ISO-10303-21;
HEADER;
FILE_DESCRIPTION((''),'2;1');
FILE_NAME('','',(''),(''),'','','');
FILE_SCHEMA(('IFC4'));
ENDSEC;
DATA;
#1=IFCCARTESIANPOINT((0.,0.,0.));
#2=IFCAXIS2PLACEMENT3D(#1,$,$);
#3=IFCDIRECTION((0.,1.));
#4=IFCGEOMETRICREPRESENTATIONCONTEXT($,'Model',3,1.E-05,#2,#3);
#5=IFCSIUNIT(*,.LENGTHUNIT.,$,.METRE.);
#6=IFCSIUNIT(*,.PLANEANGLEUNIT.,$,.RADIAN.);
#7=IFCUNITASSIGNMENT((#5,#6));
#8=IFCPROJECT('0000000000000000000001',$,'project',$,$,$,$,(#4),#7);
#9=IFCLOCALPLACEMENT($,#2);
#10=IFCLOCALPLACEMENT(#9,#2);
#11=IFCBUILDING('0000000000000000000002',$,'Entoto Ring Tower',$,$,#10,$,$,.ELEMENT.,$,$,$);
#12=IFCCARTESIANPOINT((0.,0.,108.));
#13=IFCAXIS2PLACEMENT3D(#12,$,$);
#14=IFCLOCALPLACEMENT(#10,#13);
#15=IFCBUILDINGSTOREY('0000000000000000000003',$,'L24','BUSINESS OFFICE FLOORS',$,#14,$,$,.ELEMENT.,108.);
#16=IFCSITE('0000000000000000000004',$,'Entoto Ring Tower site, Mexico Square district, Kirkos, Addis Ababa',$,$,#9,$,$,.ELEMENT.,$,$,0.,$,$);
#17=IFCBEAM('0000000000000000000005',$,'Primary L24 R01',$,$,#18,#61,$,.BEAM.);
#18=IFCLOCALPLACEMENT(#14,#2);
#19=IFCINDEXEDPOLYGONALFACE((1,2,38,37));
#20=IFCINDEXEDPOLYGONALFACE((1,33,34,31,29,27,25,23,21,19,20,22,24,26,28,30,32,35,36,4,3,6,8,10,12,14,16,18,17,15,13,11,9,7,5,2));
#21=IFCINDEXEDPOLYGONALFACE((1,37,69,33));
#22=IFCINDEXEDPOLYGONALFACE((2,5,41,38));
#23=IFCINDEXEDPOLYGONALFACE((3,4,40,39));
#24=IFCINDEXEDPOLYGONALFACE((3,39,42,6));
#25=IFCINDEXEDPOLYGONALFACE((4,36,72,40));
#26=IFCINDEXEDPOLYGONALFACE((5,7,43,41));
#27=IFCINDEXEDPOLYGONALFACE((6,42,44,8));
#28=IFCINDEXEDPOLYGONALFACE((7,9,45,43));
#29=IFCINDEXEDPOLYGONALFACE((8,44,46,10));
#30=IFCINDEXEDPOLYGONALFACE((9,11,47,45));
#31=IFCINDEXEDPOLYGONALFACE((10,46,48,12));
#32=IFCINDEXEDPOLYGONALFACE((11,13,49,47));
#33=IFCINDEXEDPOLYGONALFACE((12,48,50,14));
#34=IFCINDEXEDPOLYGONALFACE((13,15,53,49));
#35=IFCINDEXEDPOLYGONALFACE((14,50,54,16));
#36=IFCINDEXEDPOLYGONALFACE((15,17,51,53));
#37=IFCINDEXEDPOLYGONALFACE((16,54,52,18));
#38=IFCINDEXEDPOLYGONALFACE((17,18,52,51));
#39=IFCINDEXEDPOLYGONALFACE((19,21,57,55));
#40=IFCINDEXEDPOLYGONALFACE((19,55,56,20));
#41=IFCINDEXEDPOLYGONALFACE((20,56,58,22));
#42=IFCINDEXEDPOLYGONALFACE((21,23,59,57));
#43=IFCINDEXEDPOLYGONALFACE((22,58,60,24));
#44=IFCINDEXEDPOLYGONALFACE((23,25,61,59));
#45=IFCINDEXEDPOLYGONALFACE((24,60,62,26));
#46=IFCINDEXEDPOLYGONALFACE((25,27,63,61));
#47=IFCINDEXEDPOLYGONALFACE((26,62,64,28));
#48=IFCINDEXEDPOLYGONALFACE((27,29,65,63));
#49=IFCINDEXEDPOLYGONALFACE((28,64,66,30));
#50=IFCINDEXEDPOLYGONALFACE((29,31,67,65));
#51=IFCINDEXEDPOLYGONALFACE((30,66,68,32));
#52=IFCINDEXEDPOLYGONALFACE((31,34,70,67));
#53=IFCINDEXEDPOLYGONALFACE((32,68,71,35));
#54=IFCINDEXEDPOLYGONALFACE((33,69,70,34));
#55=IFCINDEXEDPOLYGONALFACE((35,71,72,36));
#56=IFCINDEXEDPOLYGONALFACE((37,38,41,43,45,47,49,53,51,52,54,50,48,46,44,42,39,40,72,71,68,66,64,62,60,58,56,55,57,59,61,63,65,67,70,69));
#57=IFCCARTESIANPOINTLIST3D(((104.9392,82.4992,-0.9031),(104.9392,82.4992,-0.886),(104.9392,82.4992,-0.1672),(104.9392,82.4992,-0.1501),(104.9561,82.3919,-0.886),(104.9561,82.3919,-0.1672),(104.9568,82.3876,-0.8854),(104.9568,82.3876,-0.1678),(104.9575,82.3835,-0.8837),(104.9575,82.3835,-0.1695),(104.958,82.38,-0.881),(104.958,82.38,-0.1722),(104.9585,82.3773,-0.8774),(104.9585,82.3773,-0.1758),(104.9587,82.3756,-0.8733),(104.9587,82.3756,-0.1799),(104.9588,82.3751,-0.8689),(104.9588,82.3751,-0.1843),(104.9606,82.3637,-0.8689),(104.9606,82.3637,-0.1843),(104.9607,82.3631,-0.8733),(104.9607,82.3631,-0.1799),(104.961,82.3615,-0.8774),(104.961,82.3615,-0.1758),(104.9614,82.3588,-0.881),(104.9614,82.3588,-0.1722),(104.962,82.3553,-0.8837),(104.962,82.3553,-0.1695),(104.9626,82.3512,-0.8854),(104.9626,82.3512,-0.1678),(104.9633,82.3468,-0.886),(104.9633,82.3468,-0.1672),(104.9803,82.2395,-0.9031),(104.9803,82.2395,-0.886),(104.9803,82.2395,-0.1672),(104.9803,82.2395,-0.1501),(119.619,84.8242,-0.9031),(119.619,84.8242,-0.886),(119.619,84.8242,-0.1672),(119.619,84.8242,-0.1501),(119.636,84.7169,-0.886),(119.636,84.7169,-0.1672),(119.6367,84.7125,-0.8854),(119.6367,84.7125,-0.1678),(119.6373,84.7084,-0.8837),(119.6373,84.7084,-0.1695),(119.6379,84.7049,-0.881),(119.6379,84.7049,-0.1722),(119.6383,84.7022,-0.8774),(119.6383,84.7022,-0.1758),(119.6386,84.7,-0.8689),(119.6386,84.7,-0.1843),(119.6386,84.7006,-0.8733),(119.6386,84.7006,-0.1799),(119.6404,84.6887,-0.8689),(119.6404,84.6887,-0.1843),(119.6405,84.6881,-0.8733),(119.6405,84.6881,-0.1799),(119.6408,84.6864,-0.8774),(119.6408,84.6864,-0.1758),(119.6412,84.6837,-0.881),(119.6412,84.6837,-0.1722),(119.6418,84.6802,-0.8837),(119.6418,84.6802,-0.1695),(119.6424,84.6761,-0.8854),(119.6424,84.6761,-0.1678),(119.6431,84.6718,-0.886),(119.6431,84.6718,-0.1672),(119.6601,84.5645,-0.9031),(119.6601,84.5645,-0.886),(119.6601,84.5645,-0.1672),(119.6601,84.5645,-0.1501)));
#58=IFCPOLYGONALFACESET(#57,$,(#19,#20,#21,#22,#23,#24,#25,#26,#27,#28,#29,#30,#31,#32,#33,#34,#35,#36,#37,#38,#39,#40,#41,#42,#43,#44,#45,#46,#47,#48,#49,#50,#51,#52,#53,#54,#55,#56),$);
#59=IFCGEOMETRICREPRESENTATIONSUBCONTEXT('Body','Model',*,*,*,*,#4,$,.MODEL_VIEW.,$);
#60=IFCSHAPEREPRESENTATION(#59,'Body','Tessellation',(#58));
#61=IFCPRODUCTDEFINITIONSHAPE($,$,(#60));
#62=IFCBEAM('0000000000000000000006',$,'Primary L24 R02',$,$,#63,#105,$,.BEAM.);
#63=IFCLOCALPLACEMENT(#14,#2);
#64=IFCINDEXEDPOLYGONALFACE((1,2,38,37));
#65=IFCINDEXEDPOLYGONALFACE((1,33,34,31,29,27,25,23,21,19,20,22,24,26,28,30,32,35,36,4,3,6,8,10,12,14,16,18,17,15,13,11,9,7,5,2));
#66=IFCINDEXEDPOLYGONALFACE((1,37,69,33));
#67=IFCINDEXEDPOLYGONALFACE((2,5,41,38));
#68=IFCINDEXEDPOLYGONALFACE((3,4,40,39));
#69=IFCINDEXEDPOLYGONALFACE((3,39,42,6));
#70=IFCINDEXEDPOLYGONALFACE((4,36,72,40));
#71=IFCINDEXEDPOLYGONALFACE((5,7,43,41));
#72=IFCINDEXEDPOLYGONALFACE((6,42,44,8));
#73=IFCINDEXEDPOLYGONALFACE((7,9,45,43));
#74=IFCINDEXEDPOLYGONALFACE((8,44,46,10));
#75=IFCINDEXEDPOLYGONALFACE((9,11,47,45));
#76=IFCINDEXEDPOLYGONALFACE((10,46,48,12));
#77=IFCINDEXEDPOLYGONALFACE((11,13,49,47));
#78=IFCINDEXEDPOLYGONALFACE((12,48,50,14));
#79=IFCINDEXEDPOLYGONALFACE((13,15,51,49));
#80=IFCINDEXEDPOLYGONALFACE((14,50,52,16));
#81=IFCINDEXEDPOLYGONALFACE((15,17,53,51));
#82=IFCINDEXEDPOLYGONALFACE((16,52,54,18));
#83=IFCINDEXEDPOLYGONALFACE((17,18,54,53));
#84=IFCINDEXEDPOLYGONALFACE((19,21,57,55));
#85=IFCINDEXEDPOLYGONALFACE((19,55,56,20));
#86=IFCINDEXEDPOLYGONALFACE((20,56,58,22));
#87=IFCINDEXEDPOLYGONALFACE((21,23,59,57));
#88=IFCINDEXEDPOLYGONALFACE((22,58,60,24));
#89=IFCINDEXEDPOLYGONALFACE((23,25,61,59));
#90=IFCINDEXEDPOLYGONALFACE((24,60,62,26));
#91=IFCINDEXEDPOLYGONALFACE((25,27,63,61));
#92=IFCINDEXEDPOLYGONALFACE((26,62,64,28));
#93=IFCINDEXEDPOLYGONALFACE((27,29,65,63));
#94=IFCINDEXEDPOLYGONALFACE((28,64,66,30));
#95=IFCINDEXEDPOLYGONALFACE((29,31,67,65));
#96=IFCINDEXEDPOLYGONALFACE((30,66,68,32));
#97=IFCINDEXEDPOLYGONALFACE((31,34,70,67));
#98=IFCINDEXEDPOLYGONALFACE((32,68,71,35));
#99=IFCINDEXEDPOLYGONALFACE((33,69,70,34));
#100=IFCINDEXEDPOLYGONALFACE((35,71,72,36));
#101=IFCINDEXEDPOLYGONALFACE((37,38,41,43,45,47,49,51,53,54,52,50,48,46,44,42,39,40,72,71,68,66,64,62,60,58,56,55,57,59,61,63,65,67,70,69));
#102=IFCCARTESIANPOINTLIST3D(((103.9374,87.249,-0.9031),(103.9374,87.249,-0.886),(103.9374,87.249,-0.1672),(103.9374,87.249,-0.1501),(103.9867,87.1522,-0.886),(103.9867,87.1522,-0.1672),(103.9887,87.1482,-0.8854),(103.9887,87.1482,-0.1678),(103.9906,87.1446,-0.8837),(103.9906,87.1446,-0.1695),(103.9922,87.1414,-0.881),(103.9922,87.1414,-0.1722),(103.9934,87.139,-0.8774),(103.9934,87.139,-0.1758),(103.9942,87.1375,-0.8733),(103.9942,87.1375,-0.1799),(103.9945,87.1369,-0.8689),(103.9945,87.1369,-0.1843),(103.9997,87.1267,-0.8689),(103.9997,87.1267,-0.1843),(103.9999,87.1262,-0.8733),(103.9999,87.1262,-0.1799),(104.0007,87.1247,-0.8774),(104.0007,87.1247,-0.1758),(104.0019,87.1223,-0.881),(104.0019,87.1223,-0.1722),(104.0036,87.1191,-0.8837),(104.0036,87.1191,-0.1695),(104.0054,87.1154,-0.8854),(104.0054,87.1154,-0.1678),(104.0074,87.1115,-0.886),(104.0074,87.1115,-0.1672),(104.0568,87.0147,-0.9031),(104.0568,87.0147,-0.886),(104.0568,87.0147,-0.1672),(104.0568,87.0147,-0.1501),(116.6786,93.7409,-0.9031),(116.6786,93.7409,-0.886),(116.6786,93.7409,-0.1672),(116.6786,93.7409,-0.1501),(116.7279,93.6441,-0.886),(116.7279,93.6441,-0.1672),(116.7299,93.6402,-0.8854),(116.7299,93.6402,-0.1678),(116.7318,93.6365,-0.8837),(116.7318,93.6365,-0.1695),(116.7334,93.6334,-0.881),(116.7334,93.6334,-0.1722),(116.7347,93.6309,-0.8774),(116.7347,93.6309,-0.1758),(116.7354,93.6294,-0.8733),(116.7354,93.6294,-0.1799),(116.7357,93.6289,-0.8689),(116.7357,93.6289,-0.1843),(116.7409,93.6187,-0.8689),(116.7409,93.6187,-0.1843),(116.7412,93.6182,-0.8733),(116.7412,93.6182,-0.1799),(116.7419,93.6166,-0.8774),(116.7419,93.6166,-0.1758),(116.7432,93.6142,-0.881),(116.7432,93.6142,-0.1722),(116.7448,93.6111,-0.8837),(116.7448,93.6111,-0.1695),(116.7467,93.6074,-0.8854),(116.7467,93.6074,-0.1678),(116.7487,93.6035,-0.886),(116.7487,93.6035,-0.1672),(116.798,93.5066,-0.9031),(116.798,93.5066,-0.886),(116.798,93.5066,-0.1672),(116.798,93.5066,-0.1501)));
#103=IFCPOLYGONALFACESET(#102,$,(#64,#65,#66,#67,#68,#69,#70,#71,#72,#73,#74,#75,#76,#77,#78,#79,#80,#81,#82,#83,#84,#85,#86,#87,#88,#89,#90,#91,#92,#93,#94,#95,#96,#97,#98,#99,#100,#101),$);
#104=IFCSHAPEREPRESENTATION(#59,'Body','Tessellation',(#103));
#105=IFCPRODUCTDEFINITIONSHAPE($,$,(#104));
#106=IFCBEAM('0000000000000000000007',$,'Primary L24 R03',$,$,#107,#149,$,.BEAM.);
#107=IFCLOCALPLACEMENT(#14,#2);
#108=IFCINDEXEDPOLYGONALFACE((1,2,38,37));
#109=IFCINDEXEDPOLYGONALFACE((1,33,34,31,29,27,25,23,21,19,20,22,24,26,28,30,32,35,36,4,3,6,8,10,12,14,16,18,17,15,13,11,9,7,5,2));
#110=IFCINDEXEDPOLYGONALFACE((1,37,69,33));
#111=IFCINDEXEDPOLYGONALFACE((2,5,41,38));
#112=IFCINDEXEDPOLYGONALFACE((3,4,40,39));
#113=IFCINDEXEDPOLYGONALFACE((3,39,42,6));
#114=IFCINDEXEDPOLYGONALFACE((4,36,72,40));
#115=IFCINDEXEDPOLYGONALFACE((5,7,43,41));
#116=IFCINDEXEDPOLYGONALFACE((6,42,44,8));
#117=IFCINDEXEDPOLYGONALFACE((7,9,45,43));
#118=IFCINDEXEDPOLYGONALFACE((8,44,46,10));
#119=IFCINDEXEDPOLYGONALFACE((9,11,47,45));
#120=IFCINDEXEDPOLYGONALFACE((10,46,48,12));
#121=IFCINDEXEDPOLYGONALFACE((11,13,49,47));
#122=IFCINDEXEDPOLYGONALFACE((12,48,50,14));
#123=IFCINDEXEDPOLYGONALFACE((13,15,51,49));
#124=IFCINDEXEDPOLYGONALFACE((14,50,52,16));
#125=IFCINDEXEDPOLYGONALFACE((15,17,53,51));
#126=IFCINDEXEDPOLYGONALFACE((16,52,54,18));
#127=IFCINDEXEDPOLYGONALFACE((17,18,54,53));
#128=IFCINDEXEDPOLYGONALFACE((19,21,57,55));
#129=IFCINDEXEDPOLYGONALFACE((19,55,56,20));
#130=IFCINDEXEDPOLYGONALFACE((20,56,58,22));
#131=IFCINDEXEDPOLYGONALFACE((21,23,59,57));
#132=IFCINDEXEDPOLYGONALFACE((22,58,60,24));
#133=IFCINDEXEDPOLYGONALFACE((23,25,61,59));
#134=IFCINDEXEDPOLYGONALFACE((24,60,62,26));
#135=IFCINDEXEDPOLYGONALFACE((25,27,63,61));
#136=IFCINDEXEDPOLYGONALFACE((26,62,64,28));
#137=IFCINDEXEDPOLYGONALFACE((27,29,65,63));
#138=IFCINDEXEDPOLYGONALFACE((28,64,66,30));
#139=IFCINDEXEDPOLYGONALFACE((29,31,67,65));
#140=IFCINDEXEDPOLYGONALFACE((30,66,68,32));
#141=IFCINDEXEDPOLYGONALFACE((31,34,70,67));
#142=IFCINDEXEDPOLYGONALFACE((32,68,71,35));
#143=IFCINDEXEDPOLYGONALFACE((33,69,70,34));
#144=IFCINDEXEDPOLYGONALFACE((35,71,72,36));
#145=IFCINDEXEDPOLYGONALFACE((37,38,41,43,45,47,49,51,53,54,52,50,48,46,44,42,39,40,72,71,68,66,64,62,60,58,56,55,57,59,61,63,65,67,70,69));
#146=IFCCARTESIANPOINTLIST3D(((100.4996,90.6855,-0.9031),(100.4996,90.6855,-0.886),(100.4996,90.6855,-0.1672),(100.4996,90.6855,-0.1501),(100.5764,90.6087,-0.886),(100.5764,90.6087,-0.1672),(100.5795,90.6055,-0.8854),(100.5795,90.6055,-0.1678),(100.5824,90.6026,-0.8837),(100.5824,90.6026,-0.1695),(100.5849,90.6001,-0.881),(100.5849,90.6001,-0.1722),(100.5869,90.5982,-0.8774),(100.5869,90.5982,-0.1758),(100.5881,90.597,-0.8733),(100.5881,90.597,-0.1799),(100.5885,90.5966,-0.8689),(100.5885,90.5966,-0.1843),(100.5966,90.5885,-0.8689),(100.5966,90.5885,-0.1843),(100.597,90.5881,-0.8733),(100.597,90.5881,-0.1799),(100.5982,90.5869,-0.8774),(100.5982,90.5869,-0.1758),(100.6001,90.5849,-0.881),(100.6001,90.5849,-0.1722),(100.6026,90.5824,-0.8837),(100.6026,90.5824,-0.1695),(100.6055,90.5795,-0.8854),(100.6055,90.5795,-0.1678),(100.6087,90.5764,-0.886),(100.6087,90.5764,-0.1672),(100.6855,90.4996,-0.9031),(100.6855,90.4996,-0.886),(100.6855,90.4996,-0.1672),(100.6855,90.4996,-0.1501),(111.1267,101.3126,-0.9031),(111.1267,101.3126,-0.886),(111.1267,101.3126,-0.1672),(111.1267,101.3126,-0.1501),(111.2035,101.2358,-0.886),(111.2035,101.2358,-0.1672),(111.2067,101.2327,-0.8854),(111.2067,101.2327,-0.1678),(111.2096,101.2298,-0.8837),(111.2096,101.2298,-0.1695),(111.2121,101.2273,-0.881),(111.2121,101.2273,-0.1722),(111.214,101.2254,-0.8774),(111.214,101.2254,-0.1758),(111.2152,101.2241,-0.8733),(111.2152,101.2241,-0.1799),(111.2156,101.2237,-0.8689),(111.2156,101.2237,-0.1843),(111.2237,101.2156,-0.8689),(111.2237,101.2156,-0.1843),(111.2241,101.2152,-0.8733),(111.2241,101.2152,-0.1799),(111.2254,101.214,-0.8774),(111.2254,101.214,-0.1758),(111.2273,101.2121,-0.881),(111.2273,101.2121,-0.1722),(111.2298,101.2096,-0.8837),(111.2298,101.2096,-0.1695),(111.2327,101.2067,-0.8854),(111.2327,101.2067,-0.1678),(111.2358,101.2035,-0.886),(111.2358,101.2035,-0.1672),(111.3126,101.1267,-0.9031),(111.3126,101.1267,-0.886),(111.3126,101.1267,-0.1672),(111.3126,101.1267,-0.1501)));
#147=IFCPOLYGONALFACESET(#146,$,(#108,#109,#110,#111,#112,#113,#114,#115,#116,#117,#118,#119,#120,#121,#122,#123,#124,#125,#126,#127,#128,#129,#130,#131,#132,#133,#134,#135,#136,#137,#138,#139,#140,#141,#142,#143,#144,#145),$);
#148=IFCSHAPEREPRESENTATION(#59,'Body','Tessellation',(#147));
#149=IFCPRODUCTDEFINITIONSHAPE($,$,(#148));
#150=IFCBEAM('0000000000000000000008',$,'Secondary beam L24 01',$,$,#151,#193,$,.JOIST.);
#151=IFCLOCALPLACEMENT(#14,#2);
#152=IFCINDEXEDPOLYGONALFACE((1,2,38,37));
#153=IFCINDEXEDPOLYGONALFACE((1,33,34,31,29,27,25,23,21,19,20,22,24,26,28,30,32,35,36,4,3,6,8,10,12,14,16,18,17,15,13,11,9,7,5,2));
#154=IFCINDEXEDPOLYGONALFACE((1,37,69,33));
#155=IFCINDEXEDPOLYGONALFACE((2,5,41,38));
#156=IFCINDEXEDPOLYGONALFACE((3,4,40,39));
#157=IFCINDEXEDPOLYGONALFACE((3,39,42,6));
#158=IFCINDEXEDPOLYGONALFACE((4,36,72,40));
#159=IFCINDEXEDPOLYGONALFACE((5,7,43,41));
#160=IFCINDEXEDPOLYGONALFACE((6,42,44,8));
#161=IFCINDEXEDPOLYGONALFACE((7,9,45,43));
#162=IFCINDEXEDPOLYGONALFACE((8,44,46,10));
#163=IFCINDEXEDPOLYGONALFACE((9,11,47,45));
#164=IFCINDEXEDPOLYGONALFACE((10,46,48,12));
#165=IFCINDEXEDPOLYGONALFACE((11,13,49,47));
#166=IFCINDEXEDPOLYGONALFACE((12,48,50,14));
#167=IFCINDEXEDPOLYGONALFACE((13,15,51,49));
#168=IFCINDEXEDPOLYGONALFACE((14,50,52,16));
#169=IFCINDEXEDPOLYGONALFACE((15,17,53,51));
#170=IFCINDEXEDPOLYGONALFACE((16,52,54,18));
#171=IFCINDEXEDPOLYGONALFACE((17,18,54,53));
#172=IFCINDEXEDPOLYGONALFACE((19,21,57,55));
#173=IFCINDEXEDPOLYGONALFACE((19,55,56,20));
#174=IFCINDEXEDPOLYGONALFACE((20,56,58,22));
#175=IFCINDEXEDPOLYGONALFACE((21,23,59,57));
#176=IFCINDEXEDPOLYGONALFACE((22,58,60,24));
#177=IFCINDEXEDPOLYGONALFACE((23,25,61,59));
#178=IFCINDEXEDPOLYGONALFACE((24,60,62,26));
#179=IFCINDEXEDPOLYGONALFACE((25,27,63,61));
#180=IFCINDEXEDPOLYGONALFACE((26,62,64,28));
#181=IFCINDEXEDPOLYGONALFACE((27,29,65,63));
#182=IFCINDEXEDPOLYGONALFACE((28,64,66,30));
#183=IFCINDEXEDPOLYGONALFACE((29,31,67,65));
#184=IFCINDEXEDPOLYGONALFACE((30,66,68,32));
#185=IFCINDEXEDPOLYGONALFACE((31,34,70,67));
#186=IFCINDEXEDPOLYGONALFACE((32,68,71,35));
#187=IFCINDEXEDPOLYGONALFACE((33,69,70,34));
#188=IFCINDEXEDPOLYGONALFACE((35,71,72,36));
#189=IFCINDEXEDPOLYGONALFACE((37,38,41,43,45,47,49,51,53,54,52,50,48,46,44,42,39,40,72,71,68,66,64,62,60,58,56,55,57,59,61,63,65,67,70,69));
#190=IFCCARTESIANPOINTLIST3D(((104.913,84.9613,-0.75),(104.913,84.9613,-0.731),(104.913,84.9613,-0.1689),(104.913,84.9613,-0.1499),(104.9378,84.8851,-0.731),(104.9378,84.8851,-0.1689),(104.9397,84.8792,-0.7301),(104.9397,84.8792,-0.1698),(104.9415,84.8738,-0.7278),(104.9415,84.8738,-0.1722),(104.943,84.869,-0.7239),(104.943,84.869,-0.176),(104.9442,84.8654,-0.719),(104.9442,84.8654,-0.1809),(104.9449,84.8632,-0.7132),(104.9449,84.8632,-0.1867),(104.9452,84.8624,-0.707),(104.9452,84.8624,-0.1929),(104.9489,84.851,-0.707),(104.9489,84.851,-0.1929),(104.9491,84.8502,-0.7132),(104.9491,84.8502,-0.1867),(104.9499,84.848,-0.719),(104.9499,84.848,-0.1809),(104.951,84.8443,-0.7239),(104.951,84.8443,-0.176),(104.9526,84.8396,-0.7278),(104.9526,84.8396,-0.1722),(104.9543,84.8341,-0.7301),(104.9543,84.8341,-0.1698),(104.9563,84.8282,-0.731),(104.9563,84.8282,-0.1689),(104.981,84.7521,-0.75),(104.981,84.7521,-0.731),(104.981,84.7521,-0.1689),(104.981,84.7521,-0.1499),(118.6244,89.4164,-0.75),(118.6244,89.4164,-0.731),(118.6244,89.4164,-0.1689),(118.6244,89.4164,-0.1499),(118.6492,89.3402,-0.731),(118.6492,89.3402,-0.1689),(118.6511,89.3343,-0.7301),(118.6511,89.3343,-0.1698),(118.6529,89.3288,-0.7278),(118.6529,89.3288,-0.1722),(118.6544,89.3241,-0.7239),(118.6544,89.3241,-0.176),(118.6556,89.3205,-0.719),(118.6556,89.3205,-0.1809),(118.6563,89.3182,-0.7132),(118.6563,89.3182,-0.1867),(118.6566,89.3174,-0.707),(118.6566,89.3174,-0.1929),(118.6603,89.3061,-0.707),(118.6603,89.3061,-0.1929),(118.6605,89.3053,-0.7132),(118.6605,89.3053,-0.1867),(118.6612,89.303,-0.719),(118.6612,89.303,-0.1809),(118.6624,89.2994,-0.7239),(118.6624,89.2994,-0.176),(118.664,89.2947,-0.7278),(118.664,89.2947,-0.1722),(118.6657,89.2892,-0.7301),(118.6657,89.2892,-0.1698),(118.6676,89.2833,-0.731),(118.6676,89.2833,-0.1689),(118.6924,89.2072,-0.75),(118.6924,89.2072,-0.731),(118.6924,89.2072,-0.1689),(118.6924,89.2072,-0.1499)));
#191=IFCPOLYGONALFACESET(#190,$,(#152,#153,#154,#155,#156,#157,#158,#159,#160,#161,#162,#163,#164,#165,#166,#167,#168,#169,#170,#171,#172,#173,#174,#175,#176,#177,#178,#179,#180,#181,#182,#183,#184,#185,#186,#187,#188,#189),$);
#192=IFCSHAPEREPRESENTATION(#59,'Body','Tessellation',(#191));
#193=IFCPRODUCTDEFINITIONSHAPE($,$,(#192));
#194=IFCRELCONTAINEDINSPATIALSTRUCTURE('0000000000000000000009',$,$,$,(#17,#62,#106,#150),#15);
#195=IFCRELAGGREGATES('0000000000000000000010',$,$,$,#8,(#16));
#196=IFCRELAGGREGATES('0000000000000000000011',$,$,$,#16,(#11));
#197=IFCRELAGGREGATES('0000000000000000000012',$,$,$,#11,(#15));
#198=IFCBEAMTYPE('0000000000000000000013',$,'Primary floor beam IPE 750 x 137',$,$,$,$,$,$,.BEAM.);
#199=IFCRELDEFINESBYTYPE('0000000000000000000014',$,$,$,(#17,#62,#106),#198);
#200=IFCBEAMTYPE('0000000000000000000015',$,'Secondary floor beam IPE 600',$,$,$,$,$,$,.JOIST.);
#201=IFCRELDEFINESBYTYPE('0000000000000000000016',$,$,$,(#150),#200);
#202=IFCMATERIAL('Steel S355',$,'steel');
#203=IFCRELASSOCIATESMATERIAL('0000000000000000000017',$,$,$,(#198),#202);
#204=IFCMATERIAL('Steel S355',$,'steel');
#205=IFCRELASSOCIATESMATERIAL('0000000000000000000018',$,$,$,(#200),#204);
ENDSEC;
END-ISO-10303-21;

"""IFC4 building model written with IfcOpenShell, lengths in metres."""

from ifc_helpers import new_model, si_unit, direction, frame, origin, origin_2d, place, context, subcontext, project, spatial, i_section, extrude, material, material_profile, profile_set, type_object, element, save


model = new_model("IFC4")

# Units and contexts
model_context = context("Model", 3, precision=1e-05, world=origin(), true_north=direction((0.0, 1.0)))
body_context = subcontext(model_context, "Body", "Model", "MODEL_VIEW")
ifc_project = project(units=[si_unit("LENGTHUNIT", "METRE"), si_unit("PLANEANGLEUNIT", "RADIAN")], contexts=[model_context])

# Site, building, storey
site_placement = place(None, origin())
site = spatial("IfcSite", under=ifc_project, at=site_placement, Name="Entoto Ring Tower site, Mexico Square district, Kirkos, Addis Ababa", CompositionType="ELEMENT", RefElevation=0.0)
building_placement = place(site_placement, origin())
building = spatial("IfcBuilding", under=site, at=building_placement, Name="Entoto Ring Tower", CompositionType="ELEMENT")
storey_placement = place(building_placement, frame((0.0, 0.0, 108.0)))
storey = spatial("IfcBuildingStorey", under=building, at=storey_placement, Name="L24", Description="BUSINESS OFFICE FLOORS", CompositionType="ELEMENT", Elevation=108.0)

# Beams
ifc_material_1 = material(Name="Steel S355", Category="steel")
ifc_material_profile_1 = material_profile(ifc_material_1, i_section(OverallWidth=0.2629, OverallDepth=0.7529, WebThickness=0.0115, FlangeThickness=0.0171, FilletRadius=0.0171, at=origin_2d()), Name="IPE 750 x 137")
ifc_profile_set_1 = profile_set([ifc_material_profile_1], Name="Steel S355")
beam_type_1 = type_object("IfcBeamType", Name="Primary floor beam IPE 750 x 137", PredefinedType="BEAM", material=ifc_profile_set_1)
beam_1_placement = place(storey_placement, frame((104.9597, 82.3694, -0.5266), z_axis=(0.98769, 0.156426, 0.0), x_axis=(-0.156426, 0.98769, 0.0)))
element("IfcBeam", 1, at=beam_1_placement, inside=storey, type_object=beam_type_1, Name="Primary L24 R01", PredefinedType="BEAM", context=body_context, shape_type="SweptSolid", body=[
    extrude(i_section(OverallWidth=0.2629, OverallDepth=0.7529, WebThickness=0.0115, FlangeThickness=0.0171, FilletRadius=0.0171, at=origin_2d()), origin(), (0.0, 0.0, 1.0), 14.8628),
])
beam_2_placement = place(storey_placement, frame((103.9971, 87.1318, -0.5266), z_axis=(0.891007, 0.453989, 0.0), x_axis=(-0.453989, 0.891007, 0.0)))
element("IfcBeam", 2, at=beam_2_placement, inside=storey, type_object=beam_type_1, Name="Primary L24 R02", PredefinedType="BEAM", context=body_context, shape_type="SweptSolid", body=[
    extrude(i_section(OverallWidth=0.2629, OverallDepth=0.7529, WebThickness=0.0115, FlangeThickness=0.0171, FilletRadius=0.0171, at=origin_2d()), origin(), (0.0, 0.0, 1.0), 14.2998),
])
beam_3_placement = place(storey_placement, frame((100.5925, 90.5925, -0.5266), z_axis=(0.707107, 0.707107, 0.0), x_axis=(-0.707107, 0.707107, 0.0)))
element("IfcBeam", 3, at=beam_3_placement, inside=storey, type_object=beam_type_1, Name="Primary L24 R03", PredefinedType="BEAM", context=body_context, shape_type="SweptSolid", body=[
    extrude(i_section(OverallWidth=0.2629, OverallDepth=0.7529, WebThickness=0.0115, FlangeThickness=0.0171, FilletRadius=0.0171, at=origin_2d()), origin(), (0.0, 0.0, 1.0), 15.0291),
])
ifc_material_2 = material(Name="Steel S355", Category="steel")
ifc_material_profile_2 = material_profile(ifc_material_2, i_section(OverallWidth=0.22, OverallDepth=0.6001, WebThickness=0.012, FlangeThickness=0.019, FilletRadius=0.0239, at=origin_2d()), Name="IPE 600")
ifc_profile_set_2 = profile_set([ifc_material_profile_2], Name="Steel S355")
beam_type_2 = type_object("IfcBeamType", Name="Secondary floor beam IPE 600", PredefinedType="JOIST", material=ifc_profile_set_2)
beam_4_placement = place(storey_placement, frame((104.947, 84.8567, -0.45), z_axis=(0.951057, 0.309015, 0.0), x_axis=(-0.309015, 0.951057, 0.0)))
element("IfcBeam", 4, at=beam_4_placement, inside=storey, type_object=beam_type_2, Name="Secondary beam L24 01", PredefinedType="JOIST", context=body_context, shape_type="SweptSolid", body=[
    extrude(i_section(OverallWidth=0.22, OverallDepth=0.6001, WebThickness=0.012, FlangeThickness=0.019, FilletRadius=0.0239, at=origin_2d()), origin(), (0.0, 0.0, 1.0), 14.417),
])

save(model, "model.ifc")
